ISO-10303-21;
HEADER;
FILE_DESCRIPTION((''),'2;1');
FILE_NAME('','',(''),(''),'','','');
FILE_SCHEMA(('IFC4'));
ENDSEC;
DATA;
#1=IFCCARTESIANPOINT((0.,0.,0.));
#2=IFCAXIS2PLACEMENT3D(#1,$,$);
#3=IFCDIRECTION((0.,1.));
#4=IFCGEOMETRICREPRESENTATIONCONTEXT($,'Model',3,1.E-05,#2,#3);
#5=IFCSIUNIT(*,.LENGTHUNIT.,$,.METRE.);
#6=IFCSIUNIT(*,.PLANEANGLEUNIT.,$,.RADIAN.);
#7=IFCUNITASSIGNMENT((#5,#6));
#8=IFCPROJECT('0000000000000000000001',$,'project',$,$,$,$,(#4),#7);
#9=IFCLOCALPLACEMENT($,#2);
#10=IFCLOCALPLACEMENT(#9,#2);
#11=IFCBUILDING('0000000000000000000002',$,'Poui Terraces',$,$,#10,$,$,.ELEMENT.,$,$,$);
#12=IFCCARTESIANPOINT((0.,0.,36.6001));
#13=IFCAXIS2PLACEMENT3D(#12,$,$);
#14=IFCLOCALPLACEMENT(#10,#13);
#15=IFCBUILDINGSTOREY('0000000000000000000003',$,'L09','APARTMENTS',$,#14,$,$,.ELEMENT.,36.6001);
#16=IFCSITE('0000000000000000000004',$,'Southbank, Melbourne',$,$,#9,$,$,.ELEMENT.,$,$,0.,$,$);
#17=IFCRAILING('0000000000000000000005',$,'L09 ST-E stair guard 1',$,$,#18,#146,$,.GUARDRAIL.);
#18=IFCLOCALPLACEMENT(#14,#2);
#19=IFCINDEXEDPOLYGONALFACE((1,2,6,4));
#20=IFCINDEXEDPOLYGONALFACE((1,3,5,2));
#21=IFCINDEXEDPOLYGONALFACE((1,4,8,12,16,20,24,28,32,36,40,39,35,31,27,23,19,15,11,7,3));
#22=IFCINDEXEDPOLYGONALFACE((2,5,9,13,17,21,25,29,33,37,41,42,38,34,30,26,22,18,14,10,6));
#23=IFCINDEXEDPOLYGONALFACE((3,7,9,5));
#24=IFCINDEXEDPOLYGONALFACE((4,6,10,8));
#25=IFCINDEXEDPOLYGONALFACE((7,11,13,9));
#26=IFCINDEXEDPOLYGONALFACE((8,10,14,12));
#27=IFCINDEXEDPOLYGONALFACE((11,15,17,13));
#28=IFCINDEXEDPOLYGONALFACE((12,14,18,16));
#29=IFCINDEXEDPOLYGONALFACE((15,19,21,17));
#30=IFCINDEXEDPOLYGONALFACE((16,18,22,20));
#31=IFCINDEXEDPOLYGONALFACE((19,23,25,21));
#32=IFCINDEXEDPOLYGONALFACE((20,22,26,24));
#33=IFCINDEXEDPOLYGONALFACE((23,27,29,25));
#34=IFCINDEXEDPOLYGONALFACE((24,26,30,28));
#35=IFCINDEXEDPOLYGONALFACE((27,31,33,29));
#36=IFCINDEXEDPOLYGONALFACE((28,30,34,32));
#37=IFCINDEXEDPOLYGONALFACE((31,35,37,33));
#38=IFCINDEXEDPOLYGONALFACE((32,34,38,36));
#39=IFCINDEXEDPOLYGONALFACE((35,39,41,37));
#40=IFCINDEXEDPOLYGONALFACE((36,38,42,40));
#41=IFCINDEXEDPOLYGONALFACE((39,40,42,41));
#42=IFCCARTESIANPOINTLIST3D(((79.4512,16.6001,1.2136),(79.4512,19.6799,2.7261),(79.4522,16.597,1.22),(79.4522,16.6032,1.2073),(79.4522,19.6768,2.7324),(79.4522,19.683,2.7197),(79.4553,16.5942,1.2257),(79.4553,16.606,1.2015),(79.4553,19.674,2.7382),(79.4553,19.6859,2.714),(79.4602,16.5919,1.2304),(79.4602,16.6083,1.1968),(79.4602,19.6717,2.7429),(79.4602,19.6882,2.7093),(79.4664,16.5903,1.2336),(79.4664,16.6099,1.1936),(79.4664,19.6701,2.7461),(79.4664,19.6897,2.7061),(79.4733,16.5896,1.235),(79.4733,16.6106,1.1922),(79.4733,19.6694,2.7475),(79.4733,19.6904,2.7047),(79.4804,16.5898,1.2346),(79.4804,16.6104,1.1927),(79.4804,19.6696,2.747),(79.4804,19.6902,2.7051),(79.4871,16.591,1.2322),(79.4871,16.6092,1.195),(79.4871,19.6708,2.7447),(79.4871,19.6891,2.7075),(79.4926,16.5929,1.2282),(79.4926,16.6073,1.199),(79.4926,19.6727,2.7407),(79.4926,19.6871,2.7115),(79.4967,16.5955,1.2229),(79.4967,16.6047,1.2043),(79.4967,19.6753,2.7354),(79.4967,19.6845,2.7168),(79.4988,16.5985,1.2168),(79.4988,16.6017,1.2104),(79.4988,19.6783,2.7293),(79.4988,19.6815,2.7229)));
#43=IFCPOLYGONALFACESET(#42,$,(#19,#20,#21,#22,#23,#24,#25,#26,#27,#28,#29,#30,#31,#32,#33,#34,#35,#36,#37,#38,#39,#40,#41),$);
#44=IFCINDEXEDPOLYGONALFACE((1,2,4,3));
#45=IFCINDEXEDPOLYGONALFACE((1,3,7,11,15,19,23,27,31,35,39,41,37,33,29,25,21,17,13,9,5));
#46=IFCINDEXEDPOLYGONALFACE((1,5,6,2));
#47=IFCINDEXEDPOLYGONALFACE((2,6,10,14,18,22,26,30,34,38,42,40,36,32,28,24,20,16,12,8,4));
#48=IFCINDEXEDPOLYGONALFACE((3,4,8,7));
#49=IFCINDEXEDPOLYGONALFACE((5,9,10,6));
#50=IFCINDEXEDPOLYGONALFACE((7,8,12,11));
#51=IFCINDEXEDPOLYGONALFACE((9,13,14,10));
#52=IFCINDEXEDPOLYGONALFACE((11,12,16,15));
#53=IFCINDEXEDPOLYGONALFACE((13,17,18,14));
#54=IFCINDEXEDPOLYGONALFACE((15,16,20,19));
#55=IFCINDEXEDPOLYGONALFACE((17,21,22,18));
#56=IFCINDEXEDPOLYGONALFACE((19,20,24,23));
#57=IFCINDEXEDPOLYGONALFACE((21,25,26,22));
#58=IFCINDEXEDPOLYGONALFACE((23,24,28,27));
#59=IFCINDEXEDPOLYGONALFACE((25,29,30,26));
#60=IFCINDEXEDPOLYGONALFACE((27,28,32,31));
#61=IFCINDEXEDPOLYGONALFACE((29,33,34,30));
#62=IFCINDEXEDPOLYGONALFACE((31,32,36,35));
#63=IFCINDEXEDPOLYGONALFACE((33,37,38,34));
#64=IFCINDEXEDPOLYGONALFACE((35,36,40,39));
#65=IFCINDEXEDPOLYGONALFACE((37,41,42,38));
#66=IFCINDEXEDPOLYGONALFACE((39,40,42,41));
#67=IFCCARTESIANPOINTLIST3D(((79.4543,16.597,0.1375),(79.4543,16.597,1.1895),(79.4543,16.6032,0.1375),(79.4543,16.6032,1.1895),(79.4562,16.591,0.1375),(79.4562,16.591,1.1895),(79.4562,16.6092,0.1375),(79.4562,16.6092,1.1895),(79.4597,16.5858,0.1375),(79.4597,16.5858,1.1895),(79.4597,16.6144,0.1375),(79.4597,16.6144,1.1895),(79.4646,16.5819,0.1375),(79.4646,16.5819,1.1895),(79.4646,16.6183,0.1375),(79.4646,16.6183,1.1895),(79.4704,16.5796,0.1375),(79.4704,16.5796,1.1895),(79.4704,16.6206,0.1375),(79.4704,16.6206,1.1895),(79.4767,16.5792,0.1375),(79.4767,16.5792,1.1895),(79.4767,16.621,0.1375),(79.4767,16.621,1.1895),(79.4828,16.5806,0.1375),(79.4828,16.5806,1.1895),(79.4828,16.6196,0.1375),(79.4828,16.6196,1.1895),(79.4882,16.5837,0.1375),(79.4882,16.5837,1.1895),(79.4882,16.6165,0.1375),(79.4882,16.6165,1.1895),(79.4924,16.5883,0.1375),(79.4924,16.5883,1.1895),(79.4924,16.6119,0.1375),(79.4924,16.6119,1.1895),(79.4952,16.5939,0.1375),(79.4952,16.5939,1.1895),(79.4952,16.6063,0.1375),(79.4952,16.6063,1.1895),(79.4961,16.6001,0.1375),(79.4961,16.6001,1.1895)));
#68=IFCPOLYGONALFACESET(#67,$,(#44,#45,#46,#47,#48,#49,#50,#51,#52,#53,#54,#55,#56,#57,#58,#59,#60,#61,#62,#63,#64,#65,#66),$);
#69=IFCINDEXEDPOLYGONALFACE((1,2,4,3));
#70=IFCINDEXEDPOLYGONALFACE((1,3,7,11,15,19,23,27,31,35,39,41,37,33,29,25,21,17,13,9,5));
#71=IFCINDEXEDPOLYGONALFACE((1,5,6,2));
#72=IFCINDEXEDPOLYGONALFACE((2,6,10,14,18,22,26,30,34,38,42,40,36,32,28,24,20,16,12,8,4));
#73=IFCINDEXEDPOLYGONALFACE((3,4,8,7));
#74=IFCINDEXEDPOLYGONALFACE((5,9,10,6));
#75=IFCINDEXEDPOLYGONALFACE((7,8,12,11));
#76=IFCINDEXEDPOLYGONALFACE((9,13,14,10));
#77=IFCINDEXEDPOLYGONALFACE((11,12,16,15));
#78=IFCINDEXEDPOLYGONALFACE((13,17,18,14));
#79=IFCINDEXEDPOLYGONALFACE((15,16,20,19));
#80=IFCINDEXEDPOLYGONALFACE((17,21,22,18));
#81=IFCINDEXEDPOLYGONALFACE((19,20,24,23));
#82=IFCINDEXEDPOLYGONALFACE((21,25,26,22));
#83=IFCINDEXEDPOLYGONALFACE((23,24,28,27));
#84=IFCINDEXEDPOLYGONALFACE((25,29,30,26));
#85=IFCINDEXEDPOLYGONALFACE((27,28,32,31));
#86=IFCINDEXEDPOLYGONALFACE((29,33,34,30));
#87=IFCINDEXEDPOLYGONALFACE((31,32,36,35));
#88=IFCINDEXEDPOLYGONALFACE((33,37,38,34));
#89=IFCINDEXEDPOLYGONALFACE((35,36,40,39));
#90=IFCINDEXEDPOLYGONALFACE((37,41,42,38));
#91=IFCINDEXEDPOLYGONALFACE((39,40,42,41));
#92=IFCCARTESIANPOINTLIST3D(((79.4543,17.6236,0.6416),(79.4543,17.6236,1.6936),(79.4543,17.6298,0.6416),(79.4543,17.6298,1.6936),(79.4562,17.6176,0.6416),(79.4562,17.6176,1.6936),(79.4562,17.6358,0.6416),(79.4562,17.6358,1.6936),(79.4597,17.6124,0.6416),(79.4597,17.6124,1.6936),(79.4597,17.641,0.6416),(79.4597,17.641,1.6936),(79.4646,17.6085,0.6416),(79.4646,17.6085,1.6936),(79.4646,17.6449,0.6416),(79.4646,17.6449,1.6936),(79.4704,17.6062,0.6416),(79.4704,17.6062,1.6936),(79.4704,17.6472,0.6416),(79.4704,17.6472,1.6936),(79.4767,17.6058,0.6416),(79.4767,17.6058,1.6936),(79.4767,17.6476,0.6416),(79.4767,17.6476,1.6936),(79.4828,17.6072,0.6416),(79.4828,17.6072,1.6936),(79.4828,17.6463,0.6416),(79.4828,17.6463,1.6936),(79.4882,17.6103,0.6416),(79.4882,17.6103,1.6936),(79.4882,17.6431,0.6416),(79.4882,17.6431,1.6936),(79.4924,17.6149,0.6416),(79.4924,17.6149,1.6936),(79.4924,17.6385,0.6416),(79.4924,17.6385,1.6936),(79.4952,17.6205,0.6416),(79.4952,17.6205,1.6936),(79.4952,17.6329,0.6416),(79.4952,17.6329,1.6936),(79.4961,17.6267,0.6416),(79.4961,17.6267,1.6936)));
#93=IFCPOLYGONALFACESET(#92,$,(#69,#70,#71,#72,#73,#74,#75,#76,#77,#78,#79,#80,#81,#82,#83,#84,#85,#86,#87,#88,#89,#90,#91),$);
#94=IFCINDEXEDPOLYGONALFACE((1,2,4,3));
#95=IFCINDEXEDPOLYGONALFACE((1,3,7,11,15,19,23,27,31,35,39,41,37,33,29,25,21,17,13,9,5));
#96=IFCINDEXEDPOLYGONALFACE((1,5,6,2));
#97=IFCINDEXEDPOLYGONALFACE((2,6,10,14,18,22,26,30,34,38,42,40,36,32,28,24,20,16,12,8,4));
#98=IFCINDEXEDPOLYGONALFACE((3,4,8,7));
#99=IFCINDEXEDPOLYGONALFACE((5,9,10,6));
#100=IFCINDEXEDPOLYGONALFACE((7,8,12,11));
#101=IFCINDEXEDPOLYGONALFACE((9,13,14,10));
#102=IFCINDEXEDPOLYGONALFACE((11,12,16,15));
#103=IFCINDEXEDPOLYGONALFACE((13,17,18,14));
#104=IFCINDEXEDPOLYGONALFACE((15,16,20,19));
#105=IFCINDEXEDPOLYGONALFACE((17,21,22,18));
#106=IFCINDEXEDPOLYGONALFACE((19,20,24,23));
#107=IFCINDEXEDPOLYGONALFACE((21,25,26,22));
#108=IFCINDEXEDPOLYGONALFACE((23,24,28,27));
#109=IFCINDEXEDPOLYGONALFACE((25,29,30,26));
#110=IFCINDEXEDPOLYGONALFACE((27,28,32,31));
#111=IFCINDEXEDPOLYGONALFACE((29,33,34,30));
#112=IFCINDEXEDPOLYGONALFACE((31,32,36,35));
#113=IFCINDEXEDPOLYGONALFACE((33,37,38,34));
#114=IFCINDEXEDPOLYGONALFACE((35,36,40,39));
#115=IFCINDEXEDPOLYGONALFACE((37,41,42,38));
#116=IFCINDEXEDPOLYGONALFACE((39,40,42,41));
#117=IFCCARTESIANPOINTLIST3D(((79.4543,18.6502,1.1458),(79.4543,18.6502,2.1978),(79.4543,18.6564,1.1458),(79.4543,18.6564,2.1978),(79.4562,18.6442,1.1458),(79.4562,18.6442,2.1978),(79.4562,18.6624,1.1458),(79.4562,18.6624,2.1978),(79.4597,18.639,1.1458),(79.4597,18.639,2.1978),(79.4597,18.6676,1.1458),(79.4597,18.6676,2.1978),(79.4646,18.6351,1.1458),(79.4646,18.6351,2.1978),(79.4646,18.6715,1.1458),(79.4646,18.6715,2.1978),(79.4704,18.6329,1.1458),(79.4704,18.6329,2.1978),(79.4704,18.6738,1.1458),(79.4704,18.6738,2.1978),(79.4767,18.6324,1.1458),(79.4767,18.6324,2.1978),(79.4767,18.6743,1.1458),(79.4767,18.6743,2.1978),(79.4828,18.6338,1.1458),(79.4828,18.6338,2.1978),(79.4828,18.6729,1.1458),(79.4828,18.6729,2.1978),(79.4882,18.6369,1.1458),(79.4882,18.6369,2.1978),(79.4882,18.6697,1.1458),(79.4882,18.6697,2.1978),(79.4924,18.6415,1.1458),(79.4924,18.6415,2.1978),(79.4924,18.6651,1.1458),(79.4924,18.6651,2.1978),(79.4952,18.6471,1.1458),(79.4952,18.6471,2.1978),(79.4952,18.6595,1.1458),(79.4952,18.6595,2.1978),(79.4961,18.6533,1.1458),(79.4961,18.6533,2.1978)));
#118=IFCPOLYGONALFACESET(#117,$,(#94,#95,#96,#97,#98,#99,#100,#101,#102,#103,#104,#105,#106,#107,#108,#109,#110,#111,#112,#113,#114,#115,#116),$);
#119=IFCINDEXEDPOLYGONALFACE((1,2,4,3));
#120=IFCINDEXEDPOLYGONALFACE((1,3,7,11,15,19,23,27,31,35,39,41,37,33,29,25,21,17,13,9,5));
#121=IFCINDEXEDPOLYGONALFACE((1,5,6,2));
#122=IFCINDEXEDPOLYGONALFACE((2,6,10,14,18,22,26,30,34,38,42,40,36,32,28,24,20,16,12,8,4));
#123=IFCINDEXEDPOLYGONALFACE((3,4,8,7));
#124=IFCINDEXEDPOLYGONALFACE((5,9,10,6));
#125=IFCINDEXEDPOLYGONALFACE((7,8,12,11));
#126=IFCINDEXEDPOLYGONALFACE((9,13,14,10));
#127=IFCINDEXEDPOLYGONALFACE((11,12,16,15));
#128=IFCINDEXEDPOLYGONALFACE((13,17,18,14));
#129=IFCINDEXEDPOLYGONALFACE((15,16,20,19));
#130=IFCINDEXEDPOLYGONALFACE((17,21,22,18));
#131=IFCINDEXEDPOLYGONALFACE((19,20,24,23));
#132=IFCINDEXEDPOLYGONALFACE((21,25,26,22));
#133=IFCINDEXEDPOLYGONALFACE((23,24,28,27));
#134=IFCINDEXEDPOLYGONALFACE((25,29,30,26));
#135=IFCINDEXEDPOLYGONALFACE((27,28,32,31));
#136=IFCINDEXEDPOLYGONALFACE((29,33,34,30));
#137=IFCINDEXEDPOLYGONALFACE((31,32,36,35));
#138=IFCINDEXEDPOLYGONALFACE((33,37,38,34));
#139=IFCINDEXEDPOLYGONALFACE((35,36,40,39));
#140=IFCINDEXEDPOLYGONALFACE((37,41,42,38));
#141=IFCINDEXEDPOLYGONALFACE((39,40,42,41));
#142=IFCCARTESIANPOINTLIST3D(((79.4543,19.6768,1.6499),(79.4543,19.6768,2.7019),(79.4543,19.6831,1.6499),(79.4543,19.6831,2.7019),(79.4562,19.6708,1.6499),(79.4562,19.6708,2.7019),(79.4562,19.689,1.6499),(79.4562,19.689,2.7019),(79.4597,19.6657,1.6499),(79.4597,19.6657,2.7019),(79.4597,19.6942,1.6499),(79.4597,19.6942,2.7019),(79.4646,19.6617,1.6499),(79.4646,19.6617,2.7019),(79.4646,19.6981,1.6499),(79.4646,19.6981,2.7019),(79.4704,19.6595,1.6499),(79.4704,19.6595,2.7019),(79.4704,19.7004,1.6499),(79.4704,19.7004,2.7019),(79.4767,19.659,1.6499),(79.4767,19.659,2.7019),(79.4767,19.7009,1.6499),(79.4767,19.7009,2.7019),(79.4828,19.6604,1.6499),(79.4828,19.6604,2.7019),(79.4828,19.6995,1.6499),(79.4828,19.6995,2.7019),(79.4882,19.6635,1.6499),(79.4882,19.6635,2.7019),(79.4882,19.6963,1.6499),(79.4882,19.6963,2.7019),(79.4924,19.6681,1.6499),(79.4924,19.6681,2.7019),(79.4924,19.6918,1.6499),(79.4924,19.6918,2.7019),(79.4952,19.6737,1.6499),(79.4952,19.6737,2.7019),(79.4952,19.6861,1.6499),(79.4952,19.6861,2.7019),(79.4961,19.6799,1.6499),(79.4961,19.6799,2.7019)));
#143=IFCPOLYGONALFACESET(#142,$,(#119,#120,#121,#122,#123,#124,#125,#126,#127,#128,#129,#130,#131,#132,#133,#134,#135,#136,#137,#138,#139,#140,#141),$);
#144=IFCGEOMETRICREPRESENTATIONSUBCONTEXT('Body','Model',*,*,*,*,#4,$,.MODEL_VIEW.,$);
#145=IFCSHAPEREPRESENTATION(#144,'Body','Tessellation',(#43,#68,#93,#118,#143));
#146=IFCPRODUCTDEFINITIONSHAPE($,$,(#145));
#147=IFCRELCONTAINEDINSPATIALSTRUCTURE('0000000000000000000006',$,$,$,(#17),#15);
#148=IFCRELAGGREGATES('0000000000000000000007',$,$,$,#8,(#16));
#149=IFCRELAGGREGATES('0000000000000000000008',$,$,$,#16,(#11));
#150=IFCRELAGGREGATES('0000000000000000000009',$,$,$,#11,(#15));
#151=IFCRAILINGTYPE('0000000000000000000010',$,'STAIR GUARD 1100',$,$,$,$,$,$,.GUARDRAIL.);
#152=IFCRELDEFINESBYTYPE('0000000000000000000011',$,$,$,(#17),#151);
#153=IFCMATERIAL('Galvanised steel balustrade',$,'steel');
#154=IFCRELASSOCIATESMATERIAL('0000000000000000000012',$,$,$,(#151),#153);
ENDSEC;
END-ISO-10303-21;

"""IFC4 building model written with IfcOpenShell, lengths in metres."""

from ifc_helpers import new_model, si_unit, direction, frame, origin, origin_2d, place, context, subcontext, project, spatial, circle, extrude, material, type_object, element, save


model = new_model("IFC4")

# Units and contexts
model_context = context("Model", 3, precision=1e-05, world=origin(), true_north=direction((0.0, 1.0)))
body_context = subcontext(model_context, "Body", "Model", "MODEL_VIEW")
ifc_project = project(units=[si_unit("LENGTHUNIT", "METRE"), si_unit("PLANEANGLEUNIT", "RADIAN")], contexts=[model_context])

# Site, building, storey
site_placement = place(None, origin())
site = spatial("IfcSite", under=ifc_project, at=site_placement, Name="Southbank, Melbourne", CompositionType="ELEMENT", RefElevation=0.0)
building_placement = place(site_placement, origin())
building = spatial("IfcBuilding", under=site, at=building_placement, Name="Poui Terraces", CompositionType="ELEMENT")
storey_placement = place(building_placement, frame((0.0, 0.0, 36.6001)))
storey = spatial("IfcBuildingStorey", under=building, at=storey_placement, Name="L09", Description="APARTMENTS", CompositionType="ELEMENT", Elevation=36.6001)

# Railing
ifc_material_1 = material(Name="Galvanised steel balustrade", Category="steel")
railing_type_1 = type_object("IfcRailingType", Name="STAIR GUARD 1100", PredefinedType="GUARDRAIL", material=ifc_material_1)
railing_1_placement = place(storey_placement, frame((79.4751, 16.6001, 0.1375)))
element("IfcRailing", 1, at=railing_1_placement, inside=storey, type_object=railing_type_1, Name="L09 ST-E stair guard 1", PredefinedType="GUARDRAIL", context=body_context, shape_type="SweptSolid", body=[
    extrude(circle(Radius=0.0239, at=origin_2d()), frame((0.0, 0.0, 1.0762), z_axis=(0.0, 0.897606, 0.440798), x_axis=(-1.0, 0.0, 0.0)), (0.0, 0.0, 1.0), 3.4312),
    extrude(circle(Radius=0.021, at=origin_2d()), origin(), (0.0, 0.0, 1.0), 1.052),
    extrude(circle(Radius=0.021, at=origin_2d()), frame((0.0, 1.0266, 0.5042)), (0.0, 0.0, 1.0), 1.052),
    extrude(circle(Radius=0.021, at=origin_2d()), frame((0.0, 2.0532, 1.0083)), (0.0, 0.0, 1.0), 1.052),
    extrude(circle(Radius=0.021, at=origin_2d()), frame((0.0, 3.0798, 1.5125)), (0.0, 0.0, 1.0), 1.052),
])

save(model, "model.ifc")
